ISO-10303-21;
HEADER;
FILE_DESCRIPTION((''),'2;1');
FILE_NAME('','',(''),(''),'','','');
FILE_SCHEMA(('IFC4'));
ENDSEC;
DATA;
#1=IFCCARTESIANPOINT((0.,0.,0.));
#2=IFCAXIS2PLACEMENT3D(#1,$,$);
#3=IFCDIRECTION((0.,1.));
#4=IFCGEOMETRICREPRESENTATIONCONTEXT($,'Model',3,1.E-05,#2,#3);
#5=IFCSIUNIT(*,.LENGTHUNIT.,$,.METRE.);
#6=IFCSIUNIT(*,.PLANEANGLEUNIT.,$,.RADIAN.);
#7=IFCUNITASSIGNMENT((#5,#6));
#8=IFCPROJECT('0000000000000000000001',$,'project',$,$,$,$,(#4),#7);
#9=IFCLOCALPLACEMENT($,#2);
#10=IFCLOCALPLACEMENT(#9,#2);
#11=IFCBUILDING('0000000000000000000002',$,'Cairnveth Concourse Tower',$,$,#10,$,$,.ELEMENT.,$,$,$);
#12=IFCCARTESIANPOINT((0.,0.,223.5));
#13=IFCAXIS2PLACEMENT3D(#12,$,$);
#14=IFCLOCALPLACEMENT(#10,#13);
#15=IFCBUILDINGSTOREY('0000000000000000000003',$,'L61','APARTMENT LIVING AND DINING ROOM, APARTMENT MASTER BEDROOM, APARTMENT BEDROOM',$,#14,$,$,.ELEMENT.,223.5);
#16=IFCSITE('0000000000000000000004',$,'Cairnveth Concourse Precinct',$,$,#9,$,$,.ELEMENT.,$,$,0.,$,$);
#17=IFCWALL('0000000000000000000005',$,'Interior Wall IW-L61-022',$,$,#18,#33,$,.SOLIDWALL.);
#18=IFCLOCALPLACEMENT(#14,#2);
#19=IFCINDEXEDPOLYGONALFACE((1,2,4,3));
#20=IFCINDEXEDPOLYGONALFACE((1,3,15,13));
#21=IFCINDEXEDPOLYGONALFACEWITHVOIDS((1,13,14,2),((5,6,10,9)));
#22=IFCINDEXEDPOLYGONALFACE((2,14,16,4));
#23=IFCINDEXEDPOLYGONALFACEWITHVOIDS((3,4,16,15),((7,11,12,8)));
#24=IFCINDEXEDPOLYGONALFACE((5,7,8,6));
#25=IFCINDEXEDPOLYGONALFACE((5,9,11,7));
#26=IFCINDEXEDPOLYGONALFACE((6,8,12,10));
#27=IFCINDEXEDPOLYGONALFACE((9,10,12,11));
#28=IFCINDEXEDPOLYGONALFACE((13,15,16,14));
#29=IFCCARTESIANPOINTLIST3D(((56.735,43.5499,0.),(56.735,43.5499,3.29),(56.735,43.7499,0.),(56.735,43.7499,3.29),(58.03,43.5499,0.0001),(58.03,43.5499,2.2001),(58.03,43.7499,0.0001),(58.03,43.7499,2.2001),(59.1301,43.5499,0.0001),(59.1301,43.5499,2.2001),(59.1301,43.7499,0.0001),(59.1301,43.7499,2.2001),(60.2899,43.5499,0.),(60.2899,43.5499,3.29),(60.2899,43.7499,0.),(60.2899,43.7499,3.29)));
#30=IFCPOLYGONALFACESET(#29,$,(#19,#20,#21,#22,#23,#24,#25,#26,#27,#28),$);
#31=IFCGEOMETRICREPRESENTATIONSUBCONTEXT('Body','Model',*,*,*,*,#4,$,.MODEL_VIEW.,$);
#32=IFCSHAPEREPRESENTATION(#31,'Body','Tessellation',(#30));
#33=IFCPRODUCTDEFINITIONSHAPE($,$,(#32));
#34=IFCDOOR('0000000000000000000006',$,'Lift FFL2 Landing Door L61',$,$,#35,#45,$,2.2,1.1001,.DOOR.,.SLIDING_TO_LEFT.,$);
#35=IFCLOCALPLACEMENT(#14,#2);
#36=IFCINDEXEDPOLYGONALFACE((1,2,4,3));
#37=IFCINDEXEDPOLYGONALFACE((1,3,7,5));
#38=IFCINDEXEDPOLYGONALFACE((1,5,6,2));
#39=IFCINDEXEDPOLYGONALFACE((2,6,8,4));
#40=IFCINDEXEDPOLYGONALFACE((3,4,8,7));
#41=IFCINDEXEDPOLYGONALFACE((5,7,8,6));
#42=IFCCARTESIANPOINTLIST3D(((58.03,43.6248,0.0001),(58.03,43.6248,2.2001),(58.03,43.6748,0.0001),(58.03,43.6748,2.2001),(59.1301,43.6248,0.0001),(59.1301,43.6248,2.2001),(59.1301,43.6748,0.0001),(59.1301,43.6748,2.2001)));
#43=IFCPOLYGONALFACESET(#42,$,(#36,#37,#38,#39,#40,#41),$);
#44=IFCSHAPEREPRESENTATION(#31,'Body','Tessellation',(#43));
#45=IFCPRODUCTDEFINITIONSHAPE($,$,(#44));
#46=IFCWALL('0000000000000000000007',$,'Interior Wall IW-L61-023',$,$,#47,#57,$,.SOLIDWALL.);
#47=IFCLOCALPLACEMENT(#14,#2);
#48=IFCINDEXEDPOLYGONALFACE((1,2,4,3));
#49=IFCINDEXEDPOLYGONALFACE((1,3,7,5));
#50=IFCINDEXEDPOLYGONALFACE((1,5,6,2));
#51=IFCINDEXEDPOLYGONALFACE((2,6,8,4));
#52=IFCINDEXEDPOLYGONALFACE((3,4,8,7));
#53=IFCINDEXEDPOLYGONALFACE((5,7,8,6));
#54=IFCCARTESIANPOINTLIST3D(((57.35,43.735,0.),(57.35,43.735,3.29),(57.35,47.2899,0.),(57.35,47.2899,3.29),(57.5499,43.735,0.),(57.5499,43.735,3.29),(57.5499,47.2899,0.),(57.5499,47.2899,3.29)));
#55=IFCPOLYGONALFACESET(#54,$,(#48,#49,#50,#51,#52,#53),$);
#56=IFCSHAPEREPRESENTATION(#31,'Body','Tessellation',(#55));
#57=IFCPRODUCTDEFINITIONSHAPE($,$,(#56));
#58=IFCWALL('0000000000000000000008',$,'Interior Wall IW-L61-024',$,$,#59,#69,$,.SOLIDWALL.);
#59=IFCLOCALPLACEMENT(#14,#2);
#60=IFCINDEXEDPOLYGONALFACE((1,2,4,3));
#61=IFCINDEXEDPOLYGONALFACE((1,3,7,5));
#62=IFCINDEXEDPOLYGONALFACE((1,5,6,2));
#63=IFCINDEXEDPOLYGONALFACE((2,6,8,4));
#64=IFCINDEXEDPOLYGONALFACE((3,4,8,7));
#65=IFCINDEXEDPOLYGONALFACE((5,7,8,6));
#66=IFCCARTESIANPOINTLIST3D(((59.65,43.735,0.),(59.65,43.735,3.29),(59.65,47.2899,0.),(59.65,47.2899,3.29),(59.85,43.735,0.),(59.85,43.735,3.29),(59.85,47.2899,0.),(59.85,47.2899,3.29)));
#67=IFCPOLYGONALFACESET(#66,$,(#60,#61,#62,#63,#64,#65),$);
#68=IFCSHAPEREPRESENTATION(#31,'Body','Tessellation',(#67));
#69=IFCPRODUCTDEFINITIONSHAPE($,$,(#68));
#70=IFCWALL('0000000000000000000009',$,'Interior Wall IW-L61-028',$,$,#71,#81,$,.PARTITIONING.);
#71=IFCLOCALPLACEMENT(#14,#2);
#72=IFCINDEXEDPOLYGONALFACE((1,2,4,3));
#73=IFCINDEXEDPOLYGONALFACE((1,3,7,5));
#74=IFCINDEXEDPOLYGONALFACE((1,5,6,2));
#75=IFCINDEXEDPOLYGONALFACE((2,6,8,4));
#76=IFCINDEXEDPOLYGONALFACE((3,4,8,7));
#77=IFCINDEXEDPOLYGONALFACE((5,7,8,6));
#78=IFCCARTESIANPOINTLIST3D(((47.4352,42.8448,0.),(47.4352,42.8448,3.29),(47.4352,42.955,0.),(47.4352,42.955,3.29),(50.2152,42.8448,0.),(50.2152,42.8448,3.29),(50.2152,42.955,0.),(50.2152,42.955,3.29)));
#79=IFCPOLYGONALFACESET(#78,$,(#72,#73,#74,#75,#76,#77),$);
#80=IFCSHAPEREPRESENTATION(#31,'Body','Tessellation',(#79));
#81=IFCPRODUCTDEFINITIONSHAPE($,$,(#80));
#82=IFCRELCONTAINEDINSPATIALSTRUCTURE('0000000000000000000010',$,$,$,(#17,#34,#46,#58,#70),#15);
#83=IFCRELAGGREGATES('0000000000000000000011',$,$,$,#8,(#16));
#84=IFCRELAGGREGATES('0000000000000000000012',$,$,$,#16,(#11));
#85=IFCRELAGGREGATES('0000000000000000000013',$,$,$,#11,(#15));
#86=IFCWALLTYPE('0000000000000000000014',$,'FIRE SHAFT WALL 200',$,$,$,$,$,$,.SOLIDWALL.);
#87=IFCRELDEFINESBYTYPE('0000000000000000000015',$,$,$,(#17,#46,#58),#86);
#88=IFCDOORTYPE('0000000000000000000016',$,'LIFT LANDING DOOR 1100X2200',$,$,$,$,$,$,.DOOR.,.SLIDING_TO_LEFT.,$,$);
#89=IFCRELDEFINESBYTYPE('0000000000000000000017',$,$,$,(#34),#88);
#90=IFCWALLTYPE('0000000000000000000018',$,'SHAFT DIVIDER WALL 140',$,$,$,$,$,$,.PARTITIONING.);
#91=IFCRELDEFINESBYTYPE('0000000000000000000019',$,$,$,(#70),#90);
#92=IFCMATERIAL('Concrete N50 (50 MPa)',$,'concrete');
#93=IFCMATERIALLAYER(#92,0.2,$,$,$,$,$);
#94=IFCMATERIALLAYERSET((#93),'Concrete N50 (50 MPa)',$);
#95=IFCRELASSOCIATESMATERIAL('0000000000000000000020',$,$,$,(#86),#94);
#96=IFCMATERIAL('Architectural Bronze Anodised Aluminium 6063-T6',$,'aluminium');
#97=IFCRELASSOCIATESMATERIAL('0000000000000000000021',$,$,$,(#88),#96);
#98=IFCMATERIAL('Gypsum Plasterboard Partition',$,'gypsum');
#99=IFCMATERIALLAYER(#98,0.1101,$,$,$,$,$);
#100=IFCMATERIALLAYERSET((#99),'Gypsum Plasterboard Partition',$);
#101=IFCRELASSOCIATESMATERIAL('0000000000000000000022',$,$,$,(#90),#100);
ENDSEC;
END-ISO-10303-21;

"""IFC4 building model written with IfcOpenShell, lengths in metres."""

from ifc_helpers import new_model, si_unit, direction, frame, frame_2d, origin, place, context, subcontext, project, spatial, rectangle, extrude, material, layer, layer_set, type_object, element, fill, save


model = new_model("IFC4")

# Units and contexts
model_context = context("Model", 3, precision=1e-05, world=origin(), true_north=direction((0.0, 1.0)))
body_context = subcontext(model_context, "Body", "Model", "MODEL_VIEW")
ifc_project = project(units=[si_unit("LENGTHUNIT", "METRE"), si_unit("PLANEANGLEUNIT", "RADIAN")], contexts=[model_context])

# Site, building, storey
site_placement = place(None, origin())
site = spatial("IfcSite", under=ifc_project, at=site_placement, Name="Cairnveth Concourse Precinct", CompositionType="ELEMENT", RefElevation=0.0)
building_placement = place(site_placement, origin())
building = spatial("IfcBuilding", under=site, at=building_placement, Name="Cairnveth Concourse Tower", CompositionType="ELEMENT")
storey_placement = place(building_placement, frame((0.0, 0.0, 223.5)))
storey = spatial("IfcBuildingStorey", under=building, at=storey_placement, Name="L61", Description="APARTMENT LIVING AND DINING ROOM, APARTMENT MASTER BEDROOM, APARTMENT BEDROOM", CompositionType="ELEMENT", Elevation=223.5)

# Shared definitions
ifc_material_1 = material(Name="Gypsum Plasterboard Partition", Category="gypsum")
ifc_material_2 = material(Name="Concrete N50 (50 MPa)", Category="concrete")
ifc_layer_1 = layer(ifc_material_2, 0.2)
ifc_layer_set_1 = layer_set([ifc_layer_1], Name="Concrete N50 (50 MPa)")
wall_type_1 = type_object("IfcWallType", Name="FIRE SHAFT WALL 200", PredefinedType="SOLIDWALL", material=ifc_layer_set_1)

# Shared definitions
ifc_material_3 = material(Name="Architectural Bronze Anodised Aluminium 6063-T6", Category="aluminium")
door_type_1 = type_object("IfcDoorType", Name="LIFT LANDING DOOR 1100X2200", OperationType="SLIDING_TO_LEFT", PredefinedType="DOOR", material=ifc_material_3)

# Wall, opening, door
wall_1_placement = place(storey_placement, frame((56.7351, 43.6499, 0.0), z_axis=(0.0, 0.0, 1.0), x_axis=(1.0, 0.0, 0.0)))
wall_1 = element("IfcWall", 1, at=wall_1_placement, inside=storey, type_object=wall_type_1, Name="Interior Wall IW-L61-022", PredefinedType="SOLIDWALL", context=body_context, shape_type="SweptSolid", body=[
    extrude(rectangle(XDim=3.5549, YDim=0.2, at=frame_2d((1.7773, 0.0))), origin(), (0.0, 0.0, 1.0), 3.29),
])
opening_1_placement = place(wall_1_placement, frame((1.2949, 0.0, 0.0)))
opening_1 = element("IfcOpeningElement", 2, at=opening_1_placement, cuts=wall_1, PredefinedType="OPENING", context=body_context, shape_type="SweptSolid", body=[
    extrude(rectangle(XDim=1.1001, YDim=2.2, at=frame_2d((0.55, 1.1001))), frame((0.0, 0.1099, 0.0), z_axis=(0.0, -1.0, 0.0), x_axis=(1.0, 0.0, 0.0)), (0.0, 0.0, 1.0), 0.22),
])
door_1_placement = place(opening_1_placement, origin())
door_1 = element("IfcDoor", 3, at=door_1_placement, inside=storey, type_object=door_type_1, Name="Lift FFL2 Landing Door L61", OperationType="SLIDING_TO_LEFT", OverallHeight=2.2, OverallWidth=1.1001, PredefinedType="DOOR", context=body_context, shape_type="SweptSolid", body=[
    extrude(rectangle(XDim=1.1001, YDim=2.2, at=frame_2d((0.55, 1.1001))), frame((0.0, 0.0249, 0.0), z_axis=(0.0, -1.0, 0.0), x_axis=(1.0, 0.0, 0.0)), (0.0, 0.0, 1.0), 0.05),
])
fill(opening_1, door_1)

# Walls
for number, where, z_axis, x_axis, name in (
    (4, (57.45, 43.7351, 0.0), (0.0, 0.0, 1.0), (0.0, 1.0, 0.0), "Interior Wall IW-L61-023"),
    (5, (59.75, 43.7351, 0.0), (0.0, 0.0, 1.0), (0.0, 1.0, 0.0), "Interior Wall IW-L61-024"),
):
    element("IfcWall", number, at=place(storey_placement, frame(where, z_axis=z_axis, x_axis=x_axis)), inside=storey, type_object=wall_type_1, Name=name, PredefinedType="SOLIDWALL", context=body_context, shape_type="SweptSolid", body=[
        extrude(rectangle(XDim=3.5549, YDim=0.2, at=frame_2d((1.7773, 0.0))), origin(), (0.0, 0.0, 1.0), 3.29),
    ])
ifc_layer_2 = layer(ifc_material_1, 0.1101)
ifc_layer_set_2 = layer_set([ifc_layer_2], Name="Gypsum Plasterboard Partition")
wall_type_2 = type_object("IfcWallType", Name="SHAFT DIVIDER WALL 140", PredefinedType="PARTITIONING", material=ifc_layer_set_2)
wall_2_placement = place(storey_placement, frame((47.4351, 42.8999, 0.0), z_axis=(0.0, 0.0, 1.0), x_axis=(1.0, 0.0, 0.0)))
element("IfcWall", 6, at=wall_2_placement, inside=storey, type_object=wall_type_2, Name="Interior Wall IW-L61-028", PredefinedType="PARTITIONING", context=body_context, shape_type="SweptSolid", body=[
    extrude(rectangle(XDim=2.78, YDim=0.1101, at=frame_2d((1.3901, 0.0))), origin(), (0.0, 0.0, 1.0), 3.29),
])

save(model, "model.ifc")
